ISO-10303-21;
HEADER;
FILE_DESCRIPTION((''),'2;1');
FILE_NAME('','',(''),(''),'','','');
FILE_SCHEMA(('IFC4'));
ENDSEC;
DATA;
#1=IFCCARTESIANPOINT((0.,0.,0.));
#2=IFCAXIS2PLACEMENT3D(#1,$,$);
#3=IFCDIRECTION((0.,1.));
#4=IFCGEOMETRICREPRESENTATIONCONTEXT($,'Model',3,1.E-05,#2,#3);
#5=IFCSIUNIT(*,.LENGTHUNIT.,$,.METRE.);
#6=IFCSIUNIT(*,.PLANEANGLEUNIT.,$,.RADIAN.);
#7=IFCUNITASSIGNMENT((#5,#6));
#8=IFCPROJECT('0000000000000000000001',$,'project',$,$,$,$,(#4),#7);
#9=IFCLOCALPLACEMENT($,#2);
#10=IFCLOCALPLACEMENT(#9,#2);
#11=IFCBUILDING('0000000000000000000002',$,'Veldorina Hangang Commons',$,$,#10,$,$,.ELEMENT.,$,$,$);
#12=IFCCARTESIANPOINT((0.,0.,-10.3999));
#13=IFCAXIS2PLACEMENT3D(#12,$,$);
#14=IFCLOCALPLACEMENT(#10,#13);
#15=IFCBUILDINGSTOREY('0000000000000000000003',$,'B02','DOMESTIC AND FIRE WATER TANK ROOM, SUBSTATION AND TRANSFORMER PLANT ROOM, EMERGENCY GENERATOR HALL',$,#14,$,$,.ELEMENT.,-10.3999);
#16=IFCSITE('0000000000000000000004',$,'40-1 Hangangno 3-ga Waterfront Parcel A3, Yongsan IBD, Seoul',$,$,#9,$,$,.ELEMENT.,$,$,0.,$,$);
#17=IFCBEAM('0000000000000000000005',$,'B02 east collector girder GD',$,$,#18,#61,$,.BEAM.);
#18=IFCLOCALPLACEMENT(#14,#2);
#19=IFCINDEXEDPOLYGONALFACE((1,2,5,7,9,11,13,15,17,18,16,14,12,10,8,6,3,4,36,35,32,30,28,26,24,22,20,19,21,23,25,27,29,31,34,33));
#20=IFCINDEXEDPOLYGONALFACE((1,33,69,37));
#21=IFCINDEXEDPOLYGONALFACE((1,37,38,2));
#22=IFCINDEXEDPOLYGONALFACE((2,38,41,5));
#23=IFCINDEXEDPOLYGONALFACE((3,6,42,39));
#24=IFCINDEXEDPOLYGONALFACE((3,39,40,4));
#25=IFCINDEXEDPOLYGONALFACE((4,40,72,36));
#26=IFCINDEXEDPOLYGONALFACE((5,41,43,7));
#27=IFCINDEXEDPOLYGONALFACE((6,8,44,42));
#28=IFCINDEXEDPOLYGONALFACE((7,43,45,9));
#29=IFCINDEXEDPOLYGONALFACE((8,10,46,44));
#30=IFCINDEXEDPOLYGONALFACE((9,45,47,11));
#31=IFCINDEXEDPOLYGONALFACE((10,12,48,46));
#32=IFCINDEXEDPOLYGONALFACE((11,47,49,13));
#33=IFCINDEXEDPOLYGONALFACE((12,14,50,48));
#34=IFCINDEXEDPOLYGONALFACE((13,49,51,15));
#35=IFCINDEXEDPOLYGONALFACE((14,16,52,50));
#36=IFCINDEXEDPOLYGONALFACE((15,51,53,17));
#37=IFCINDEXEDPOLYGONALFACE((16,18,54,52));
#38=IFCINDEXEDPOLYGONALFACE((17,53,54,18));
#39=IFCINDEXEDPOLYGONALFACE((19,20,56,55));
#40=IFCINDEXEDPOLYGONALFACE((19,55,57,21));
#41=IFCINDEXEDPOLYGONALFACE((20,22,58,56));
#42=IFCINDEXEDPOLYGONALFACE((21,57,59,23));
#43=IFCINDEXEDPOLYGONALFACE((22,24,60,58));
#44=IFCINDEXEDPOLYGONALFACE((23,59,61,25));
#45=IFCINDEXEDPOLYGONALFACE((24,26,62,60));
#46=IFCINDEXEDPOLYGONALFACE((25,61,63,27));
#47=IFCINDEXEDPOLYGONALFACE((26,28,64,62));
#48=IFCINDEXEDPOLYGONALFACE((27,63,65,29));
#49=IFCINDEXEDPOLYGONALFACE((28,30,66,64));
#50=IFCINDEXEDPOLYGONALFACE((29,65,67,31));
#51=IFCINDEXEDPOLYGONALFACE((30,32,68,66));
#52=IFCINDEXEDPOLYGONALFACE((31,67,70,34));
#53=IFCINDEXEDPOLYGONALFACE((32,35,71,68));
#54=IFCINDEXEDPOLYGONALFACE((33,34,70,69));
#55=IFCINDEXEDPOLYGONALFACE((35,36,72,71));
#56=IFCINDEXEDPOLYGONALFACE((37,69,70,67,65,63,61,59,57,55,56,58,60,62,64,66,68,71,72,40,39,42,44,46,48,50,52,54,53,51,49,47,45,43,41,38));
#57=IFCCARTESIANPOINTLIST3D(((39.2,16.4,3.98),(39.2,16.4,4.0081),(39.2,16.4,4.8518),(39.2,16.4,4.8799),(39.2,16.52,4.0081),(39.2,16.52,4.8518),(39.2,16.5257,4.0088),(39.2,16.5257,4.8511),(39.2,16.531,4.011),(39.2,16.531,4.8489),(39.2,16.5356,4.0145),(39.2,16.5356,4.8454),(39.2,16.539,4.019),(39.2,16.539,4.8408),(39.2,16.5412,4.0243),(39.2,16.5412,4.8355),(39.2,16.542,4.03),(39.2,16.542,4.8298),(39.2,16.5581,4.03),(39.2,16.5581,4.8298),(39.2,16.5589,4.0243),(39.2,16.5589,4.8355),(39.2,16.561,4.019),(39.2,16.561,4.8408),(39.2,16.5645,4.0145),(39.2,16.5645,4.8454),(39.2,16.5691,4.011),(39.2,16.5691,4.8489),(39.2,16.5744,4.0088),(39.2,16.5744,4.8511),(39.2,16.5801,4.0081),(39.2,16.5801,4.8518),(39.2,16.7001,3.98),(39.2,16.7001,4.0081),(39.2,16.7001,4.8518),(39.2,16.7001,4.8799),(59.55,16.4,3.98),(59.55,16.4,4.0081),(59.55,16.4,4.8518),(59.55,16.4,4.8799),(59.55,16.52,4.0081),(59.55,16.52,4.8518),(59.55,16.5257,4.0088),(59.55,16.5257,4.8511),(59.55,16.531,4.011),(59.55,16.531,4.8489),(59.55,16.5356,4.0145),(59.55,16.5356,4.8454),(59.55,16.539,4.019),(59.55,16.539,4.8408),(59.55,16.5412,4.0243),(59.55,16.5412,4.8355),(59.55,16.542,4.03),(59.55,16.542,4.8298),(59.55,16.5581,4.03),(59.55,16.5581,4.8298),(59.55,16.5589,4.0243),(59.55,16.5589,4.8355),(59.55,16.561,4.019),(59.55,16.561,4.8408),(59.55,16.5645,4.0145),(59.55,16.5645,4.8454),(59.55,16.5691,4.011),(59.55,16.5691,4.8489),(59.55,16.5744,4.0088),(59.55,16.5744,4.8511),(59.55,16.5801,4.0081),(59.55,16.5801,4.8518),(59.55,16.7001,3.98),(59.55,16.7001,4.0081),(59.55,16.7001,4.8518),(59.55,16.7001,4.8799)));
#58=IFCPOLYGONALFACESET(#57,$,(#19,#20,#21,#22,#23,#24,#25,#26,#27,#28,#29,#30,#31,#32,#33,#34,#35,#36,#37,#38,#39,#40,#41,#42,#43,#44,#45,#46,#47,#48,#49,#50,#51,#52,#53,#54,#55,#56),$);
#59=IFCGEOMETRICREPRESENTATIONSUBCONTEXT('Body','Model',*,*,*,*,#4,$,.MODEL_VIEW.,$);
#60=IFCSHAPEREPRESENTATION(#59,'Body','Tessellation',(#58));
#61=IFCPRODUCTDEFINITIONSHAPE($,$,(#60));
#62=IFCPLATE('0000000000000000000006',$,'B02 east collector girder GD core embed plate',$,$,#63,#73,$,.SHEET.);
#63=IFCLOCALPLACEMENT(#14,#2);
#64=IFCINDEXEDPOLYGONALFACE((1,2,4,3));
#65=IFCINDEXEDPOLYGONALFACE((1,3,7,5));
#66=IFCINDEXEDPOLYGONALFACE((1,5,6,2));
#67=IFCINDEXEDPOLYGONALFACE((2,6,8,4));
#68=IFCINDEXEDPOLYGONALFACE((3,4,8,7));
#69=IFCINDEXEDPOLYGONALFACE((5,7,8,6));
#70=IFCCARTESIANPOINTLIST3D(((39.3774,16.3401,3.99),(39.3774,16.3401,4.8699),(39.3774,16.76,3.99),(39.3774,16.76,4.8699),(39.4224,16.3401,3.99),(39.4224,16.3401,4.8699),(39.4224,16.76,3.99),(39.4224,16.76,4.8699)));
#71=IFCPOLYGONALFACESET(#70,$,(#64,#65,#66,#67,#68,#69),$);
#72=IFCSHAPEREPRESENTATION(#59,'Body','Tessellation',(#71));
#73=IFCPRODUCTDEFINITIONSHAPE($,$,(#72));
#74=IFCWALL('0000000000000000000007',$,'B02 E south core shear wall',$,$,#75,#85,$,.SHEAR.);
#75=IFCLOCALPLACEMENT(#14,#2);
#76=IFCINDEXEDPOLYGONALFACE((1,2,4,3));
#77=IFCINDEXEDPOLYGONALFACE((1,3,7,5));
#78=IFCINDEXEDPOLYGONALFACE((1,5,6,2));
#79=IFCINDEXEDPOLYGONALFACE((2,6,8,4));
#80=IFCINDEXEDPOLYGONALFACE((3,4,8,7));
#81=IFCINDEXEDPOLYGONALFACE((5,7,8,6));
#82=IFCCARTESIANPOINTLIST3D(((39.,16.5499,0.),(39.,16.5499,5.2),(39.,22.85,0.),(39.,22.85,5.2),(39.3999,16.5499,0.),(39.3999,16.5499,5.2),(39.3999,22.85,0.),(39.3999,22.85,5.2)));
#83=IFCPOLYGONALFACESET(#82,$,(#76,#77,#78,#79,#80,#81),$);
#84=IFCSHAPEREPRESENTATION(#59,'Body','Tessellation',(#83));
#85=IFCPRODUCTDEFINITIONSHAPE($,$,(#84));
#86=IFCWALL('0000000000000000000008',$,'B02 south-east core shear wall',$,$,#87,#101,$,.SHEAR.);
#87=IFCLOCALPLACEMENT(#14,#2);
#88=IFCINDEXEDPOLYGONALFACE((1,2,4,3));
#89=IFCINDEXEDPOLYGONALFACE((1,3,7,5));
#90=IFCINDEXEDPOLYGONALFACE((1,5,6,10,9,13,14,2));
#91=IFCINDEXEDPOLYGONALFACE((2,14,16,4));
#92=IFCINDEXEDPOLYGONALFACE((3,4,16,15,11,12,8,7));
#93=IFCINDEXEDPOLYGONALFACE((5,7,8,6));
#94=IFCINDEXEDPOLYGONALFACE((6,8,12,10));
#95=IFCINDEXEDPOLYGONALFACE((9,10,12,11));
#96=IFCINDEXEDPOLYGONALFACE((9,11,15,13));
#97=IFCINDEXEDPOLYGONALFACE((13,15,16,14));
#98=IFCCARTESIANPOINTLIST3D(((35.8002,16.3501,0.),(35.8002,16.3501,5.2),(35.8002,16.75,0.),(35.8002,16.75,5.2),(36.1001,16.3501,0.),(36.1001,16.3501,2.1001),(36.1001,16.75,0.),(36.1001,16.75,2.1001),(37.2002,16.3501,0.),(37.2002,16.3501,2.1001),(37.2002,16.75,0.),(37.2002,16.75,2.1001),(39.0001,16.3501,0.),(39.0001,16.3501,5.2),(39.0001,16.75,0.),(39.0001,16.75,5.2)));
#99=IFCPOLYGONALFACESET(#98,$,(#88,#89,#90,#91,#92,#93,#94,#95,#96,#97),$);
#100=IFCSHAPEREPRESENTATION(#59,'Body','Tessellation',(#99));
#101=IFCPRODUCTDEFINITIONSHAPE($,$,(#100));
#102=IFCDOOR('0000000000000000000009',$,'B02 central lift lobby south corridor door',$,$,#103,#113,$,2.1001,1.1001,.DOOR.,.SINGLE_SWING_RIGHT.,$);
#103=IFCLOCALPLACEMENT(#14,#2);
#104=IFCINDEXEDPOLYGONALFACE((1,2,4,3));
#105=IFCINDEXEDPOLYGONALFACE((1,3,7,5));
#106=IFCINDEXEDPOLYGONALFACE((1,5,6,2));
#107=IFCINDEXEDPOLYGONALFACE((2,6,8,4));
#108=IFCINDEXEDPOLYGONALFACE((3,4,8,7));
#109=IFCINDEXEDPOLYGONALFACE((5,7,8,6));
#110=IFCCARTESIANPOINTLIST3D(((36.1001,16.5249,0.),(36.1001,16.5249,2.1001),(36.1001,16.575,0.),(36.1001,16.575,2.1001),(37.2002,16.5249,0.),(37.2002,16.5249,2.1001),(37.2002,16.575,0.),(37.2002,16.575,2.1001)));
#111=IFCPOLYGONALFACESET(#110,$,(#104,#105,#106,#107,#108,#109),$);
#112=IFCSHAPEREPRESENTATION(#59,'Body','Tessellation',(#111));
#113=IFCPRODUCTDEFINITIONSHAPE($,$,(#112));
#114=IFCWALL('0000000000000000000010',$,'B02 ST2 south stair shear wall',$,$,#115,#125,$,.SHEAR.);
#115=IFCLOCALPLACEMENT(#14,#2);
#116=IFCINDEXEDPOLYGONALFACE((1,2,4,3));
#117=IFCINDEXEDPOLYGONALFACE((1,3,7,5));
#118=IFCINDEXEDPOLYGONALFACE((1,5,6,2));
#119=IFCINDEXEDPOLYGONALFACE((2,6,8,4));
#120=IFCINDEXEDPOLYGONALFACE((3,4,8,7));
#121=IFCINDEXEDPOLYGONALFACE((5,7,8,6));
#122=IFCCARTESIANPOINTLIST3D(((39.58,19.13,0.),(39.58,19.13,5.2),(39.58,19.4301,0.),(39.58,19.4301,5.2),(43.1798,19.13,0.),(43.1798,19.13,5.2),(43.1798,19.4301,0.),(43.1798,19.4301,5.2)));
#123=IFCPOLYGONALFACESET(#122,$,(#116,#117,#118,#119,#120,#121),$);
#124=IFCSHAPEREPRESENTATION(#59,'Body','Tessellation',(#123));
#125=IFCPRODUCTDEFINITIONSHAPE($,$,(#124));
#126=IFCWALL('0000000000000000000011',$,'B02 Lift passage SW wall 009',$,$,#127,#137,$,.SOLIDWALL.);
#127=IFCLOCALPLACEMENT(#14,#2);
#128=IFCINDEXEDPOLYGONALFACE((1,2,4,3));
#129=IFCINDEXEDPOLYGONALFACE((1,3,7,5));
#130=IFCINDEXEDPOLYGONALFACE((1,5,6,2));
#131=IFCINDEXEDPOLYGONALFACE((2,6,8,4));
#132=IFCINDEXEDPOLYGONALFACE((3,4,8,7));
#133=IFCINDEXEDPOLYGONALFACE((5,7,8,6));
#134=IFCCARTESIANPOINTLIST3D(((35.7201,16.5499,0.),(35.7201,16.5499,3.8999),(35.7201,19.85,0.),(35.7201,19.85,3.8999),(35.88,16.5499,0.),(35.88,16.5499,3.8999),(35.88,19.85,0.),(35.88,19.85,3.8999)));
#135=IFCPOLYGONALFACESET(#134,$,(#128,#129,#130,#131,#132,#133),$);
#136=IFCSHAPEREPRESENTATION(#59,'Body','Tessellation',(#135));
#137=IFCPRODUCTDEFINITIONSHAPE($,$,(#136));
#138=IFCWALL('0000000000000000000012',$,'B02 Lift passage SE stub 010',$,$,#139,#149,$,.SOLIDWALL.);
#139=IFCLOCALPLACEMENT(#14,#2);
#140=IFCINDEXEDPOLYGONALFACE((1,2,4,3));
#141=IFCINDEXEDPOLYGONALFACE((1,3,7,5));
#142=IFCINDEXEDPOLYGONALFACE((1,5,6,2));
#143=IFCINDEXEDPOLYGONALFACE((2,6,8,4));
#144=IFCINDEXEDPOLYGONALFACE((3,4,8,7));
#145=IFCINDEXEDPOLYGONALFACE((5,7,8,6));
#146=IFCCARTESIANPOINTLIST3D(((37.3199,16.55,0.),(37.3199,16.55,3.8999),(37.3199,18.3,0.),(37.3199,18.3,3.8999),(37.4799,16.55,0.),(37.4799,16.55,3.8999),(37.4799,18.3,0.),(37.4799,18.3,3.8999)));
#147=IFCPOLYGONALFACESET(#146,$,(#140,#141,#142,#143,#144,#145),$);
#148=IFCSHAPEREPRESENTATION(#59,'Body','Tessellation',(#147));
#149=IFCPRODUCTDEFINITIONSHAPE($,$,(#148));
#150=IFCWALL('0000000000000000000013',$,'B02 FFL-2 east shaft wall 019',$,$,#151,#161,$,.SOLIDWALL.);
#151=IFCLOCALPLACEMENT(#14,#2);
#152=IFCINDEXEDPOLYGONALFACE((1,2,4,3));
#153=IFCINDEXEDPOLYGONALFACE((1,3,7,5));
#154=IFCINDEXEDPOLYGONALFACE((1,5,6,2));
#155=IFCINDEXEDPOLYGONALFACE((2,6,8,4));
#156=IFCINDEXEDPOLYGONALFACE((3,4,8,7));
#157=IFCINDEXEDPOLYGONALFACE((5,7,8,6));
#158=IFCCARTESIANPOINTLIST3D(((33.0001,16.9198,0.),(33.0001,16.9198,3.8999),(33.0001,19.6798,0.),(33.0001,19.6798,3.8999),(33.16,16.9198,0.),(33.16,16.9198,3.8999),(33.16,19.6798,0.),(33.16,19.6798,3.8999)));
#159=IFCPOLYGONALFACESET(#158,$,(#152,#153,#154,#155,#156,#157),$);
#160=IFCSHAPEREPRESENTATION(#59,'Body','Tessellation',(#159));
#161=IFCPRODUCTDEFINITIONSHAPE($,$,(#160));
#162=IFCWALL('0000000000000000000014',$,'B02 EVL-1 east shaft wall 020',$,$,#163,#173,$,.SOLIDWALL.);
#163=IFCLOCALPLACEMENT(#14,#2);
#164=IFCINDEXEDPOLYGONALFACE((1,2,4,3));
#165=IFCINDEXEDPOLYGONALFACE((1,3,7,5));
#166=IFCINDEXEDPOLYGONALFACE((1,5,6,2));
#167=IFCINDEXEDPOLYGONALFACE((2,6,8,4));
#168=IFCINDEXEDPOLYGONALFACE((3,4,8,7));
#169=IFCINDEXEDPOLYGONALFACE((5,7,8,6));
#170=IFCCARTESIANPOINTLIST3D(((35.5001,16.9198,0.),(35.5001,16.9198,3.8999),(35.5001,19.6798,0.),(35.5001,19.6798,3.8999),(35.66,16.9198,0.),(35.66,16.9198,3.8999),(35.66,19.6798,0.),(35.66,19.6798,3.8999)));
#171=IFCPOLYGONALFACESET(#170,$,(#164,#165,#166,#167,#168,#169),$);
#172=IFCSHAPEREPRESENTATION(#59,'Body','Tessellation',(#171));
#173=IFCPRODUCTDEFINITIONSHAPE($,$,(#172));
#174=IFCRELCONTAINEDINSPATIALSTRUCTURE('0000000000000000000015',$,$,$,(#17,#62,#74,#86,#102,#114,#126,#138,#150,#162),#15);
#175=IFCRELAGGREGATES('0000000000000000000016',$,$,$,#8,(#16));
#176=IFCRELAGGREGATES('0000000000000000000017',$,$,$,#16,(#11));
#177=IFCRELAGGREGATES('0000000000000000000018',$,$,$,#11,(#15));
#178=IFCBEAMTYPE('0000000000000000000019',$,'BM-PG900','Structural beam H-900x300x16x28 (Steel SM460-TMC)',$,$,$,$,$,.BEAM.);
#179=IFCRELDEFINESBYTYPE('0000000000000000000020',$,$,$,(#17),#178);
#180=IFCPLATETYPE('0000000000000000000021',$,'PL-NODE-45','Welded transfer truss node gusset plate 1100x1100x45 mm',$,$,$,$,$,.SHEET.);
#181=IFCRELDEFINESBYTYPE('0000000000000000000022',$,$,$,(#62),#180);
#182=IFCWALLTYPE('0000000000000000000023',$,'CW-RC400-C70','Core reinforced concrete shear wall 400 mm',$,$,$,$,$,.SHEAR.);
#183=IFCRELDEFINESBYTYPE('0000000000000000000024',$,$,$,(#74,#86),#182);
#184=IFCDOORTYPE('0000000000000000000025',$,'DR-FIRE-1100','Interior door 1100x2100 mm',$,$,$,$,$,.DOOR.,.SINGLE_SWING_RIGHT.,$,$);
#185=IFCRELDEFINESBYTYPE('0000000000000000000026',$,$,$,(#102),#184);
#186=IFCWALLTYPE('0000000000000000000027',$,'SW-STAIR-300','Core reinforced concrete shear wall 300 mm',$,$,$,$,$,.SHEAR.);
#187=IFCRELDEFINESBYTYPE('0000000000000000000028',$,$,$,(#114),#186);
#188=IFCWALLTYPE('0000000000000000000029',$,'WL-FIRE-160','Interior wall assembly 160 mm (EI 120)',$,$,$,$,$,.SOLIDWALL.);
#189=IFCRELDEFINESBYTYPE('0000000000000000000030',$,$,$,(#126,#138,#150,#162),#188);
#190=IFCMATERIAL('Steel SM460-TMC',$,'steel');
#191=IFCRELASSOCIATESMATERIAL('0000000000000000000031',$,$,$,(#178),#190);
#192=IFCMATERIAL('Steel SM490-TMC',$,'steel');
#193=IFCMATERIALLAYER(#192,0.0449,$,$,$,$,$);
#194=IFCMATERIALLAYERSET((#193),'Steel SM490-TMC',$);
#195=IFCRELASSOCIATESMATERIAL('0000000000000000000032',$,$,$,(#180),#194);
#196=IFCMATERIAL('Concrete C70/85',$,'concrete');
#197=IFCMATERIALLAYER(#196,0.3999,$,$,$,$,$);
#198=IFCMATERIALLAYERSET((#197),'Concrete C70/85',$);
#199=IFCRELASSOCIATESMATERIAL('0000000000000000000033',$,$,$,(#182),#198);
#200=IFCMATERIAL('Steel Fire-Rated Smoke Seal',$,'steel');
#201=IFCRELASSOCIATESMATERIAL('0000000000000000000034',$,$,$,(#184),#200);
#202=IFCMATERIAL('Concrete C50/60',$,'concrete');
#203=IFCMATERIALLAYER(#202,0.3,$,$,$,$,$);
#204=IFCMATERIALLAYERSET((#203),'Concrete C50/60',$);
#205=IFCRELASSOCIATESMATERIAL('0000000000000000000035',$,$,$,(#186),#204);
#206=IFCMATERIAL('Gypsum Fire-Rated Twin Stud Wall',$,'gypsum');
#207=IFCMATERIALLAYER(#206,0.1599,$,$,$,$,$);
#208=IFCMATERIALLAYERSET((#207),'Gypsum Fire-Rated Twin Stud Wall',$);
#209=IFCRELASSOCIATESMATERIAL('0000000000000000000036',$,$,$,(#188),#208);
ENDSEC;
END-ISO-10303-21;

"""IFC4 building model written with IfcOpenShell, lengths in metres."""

from ifc_helpers import new_model, si_unit, direction, frame, frame_2d, origin, origin_2d, place, context, subcontext, project, spatial, rectangle, i_section, extrude, material, layer, layer_set, material_profile, profile_set, type_object, element, fill, save


model = new_model("IFC4")

# Units and contexts
model_context = context("Model", 3, precision=1e-05, world=origin(), true_north=direction((0.0, 1.0)))
body_context = subcontext(model_context, "Body", "Model", "MODEL_VIEW")
ifc_project = project(units=[si_unit("LENGTHUNIT", "METRE"), si_unit("PLANEANGLEUNIT", "RADIAN")], contexts=[model_context])

# Site, building, storey
site_placement = place(None, origin())
site = spatial("IfcSite", under=ifc_project, at=site_placement, Name="40-1 Hangangno 3-ga Waterfront Parcel A3, Yongsan IBD, Seoul", CompositionType="ELEMENT", RefElevation=0.0)
building_placement = place(site_placement, origin())
building = spatial("IfcBuilding", under=site, at=building_placement, Name="Veldorina Hangang Commons", CompositionType="ELEMENT")
storey_placement = place(building_placement, frame((0.0, 0.0, -10.3999)))
storey = spatial("IfcBuildingStorey", under=building, at=storey_placement, Name="B02", Description="DOMESTIC AND FIRE WATER TANK ROOM, SUBSTATION AND TRANSFORMER PLANT ROOM, EMERGENCY GENERATOR HALL", CompositionType="ELEMENT", Elevation=-10.3999)

# Beam
ifc_material_1 = material(Name="Steel SM460-TMC", Category="steel")
ifc_material_profile_1 = material_profile(ifc_material_1, i_section(OverallWidth=0.3, OverallDepth=0.8999, WebThickness=0.0161, FlangeThickness=0.0281, FilletRadius=0.022, at=origin_2d()), Name="H-900x300x16x28")
ifc_profile_set_1 = profile_set([ifc_material_profile_1], Name="Steel SM460-TMC")
beam_type = type_object("IfcBeamType", Name="BM-PG900", Description="Structural beam H-900x300x16x28 (Steel SM460-TMC)", PredefinedType="BEAM", material=ifc_profile_set_1)
beam_placement = place(storey_placement, frame((39.2, 16.55, 4.4299), z_axis=(1.0, 0.0, 0.0), x_axis=(0.0, 1.0, 0.0)))
element("IfcBeam", 1, at=beam_placement, inside=storey, type_object=beam_type, Name="B02 east collector girder GD", PredefinedType="BEAM", context=body_context, shape_type="SweptSolid", body=[
    extrude(i_section(OverallWidth=0.3, OverallDepth=0.8999, WebThickness=0.0161, FlangeThickness=0.0281, FilletRadius=0.022, at=origin_2d()), origin(), (0.0, 0.0, 1.0), 20.3501),
])

# Plate
ifc_material_2 = material(Name="Steel SM490-TMC", Category="steel")
ifc_layer_1 = layer(ifc_material_2, 0.0449)
ifc_layer_set_1 = layer_set([ifc_layer_1], Name="Steel SM490-TMC")
plate_type = type_object("IfcPlateType", Name="PL-NODE-45", Description="Welded transfer truss node gusset plate 1100x1100x45 mm", PredefinedType="SHEET", material=ifc_layer_set_1)
plate_placement = place(storey_placement, frame((39.3999, 16.55, 3.99), z_axis=(0.0, 0.0, 1.0), x_axis=(1.0, 0.0, 0.0)))
element("IfcPlate", 2, at=plate_placement, inside=storey, type_object=plate_type, Name="B02 east collector girder GD core embed plate", PredefinedType="SHEET", context=body_context, shape_type="SweptSolid", body=[
    extrude(rectangle(XDim=0.0449, YDim=0.4199, at=origin_2d()), origin(), (0.0, 0.0, 1.0), 0.8799),
])

# Wall
ifc_material_3 = material(Name="Concrete C70/85", Category="concrete")
ifc_layer_2 = layer(ifc_material_3, 0.3999)
ifc_layer_set_2 = layer_set([ifc_layer_2], Name="Concrete C70/85")
wall_type_1 = type_object("IfcWallType", Name="CW-RC400-C70", Description="Core reinforced concrete shear wall 400 mm", PredefinedType="SHEAR", material=ifc_layer_set_2)
wall_1_placement = place(storey_placement, frame((39.2, 16.55, 0.0), z_axis=(0.0, 0.0, 1.0), x_axis=(0.0, 1.0, 0.0)))
element("IfcWall", 3, at=wall_1_placement, inside=storey, type_object=wall_type_1, Name="B02 E south core shear wall", PredefinedType="SHEAR", context=body_context, shape_type="SweptSolid", body=[
    extrude(rectangle(XDim=6.3, YDim=0.3999, at=frame_2d((3.1499, 0.0))), origin(), (0.0, 0.0, 1.0), 5.2),
])

# Wall, opening, door
wall_2_placement = place(storey_placement, frame((35.8, 16.55, 0.0), z_axis=(0.0, 0.0, 1.0), x_axis=(1.0, 0.0, 0.0)))
wall_2 = element("IfcWall", 4, at=wall_2_placement, inside=storey, type_object=wall_type_1, Name="B02 south-east core shear wall", PredefinedType="SHEAR", context=body_context, shape_type="SweptSolid", body=[
    extrude(rectangle(XDim=3.2, YDim=0.3999, at=frame_2d((1.6001, 0.0))), origin(), (0.0, 0.0, 1.0), 5.2),
])
opening_1_placement = place(wall_2_placement, frame((0.3, 0.0, 0.0)))
opening_1 = element("IfcOpeningElement", 5, at=opening_1_placement, cuts=wall_2, PredefinedType="OPENING", context=body_context, shape_type="SweptSolid", body=[
    extrude(rectangle(XDim=1.1001, YDim=2.1001, at=frame_2d((0.55, 1.05))), frame((0.0, 0.21, 0.0), z_axis=(0.0, -1.0, 0.0), x_axis=(1.0, 0.0, 0.0)), (0.0, 0.0, 1.0), 0.4199),
])
ifc_material_4 = material(Name="Steel Fire-Rated Smoke Seal", Category="steel")
door_type_1 = type_object("IfcDoorType", Name="DR-FIRE-1100", Description="Interior door 1100x2100 mm", OperationType="SINGLE_SWING_RIGHT", PredefinedType="DOOR", material=ifc_material_4)
door_1_placement = place(opening_1_placement, origin())
door_1 = element("IfcDoor", 6, at=door_1_placement, inside=storey, type_object=door_type_1, Name="B02 central lift lobby south corridor door", OperationType="SINGLE_SWING_RIGHT", OverallHeight=2.1001, OverallWidth=1.1001, PredefinedType="DOOR", context=body_context, shape_type="SweptSolid", body=[
    extrude(rectangle(XDim=1.1001, YDim=2.1001, at=frame_2d((0.55, 1.05))), frame((0.0, 0.0249, 0.0), z_axis=(0.0, -1.0, 0.0), x_axis=(1.0, 0.0, 0.0)), (0.0, 0.0, 1.0), 0.05),
])
fill(opening_1, door_1)

# Walls
ifc_material_5 = material(Name="Concrete C50/60", Category="concrete")
ifc_layer_3 = layer(ifc_material_5, 0.3)
ifc_layer_set_3 = layer_set([ifc_layer_3], Name="Concrete C50/60")
wall_type_2 = type_object("IfcWallType", Name="SW-STAIR-300", Description="Core reinforced concrete shear wall 300 mm", PredefinedType="SHEAR", material=ifc_layer_set_3)
wall_3_placement = place(storey_placement, frame((39.5801, 19.28, 0.0), z_axis=(0.0, 0.0, 1.0), x_axis=(1.0, 0.0, 0.0)))
element("IfcWall", 7, at=wall_3_placement, inside=storey, type_object=wall_type_2, Name="B02 ST2 south stair shear wall", PredefinedType="SHEAR", context=body_context, shape_type="SweptSolid", body=[
    extrude(rectangle(XDim=3.5999, YDim=0.3, at=frame_2d((1.7998, 0.0))), origin(), (0.0, 0.0, 1.0), 5.2),
])
ifc_material_6 = material(Name="Gypsum Fire-Rated Twin Stud Wall", Category="gypsum")
ifc_layer_4 = layer(ifc_material_6, 0.1599)
ifc_layer_set_4 = layer_set([ifc_layer_4], Name="Gypsum Fire-Rated Twin Stud Wall")
wall_type_3 = type_object("IfcWallType", Name="WL-FIRE-160", Description="Interior wall assembly 160 mm (EI 120)", PredefinedType="SOLIDWALL", material=ifc_layer_set_4)
wall_4_placement = place(storey_placement, frame((35.8, 16.55, 0.0), z_axis=(0.0, 0.0, 1.0), x_axis=(0.0, 1.0, 0.0)))
element("IfcWall", 8, at=wall_4_placement, inside=storey, type_object=wall_type_3, Name="B02 Lift passage SW wall 009", PredefinedType="SOLIDWALL", context=body_context, shape_type="SweptSolid", body=[
    extrude(rectangle(XDim=3.3, YDim=0.1599, at=frame_2d((1.6499, 0.0))), origin(), (0.0, 0.0, 1.0), 3.8999),
])
wall_5_placement = place(storey_placement, frame((37.3999, 16.55, 0.0), z_axis=(0.0, 0.0, 1.0), x_axis=(0.0, 1.0, 0.0)))
element("IfcWall", 9, at=wall_5_placement, inside=storey, type_object=wall_type_3, Name="B02 Lift passage SE stub 010", PredefinedType="SOLIDWALL", context=body_context, shape_type="SweptSolid", body=[
    extrude(rectangle(XDim=1.75, YDim=0.1599, at=frame_2d((0.875, 0.0))), origin(), (0.0, 0.0, 1.0), 3.8999),
])
for number, where, z_axis, x_axis, name in (
    (10, (33.0801, 16.9199, 0.0), (0.0, 0.0, 1.0), (0.0, 1.0, 0.0), "B02 FFL-2 east shaft wall 019"),
    (11, (35.5801, 16.9199, 0.0), (0.0, 0.0, 1.0), (0.0, 1.0, 0.0), "B02 EVL-1 east shaft wall 020"),
):
    element("IfcWall", number, at=place(storey_placement, frame(where, z_axis=z_axis, x_axis=x_axis)), inside=storey, type_object=wall_type_3, Name=name, PredefinedType="SOLIDWALL", context=body_context, shape_type="SweptSolid", body=[
        extrude(rectangle(XDim=2.76, YDim=0.1599, at=frame_2d((1.3799, 0.0))), origin(), (0.0, 0.0, 1.0), 3.8999),
    ])

save(model, "model.ifc")
